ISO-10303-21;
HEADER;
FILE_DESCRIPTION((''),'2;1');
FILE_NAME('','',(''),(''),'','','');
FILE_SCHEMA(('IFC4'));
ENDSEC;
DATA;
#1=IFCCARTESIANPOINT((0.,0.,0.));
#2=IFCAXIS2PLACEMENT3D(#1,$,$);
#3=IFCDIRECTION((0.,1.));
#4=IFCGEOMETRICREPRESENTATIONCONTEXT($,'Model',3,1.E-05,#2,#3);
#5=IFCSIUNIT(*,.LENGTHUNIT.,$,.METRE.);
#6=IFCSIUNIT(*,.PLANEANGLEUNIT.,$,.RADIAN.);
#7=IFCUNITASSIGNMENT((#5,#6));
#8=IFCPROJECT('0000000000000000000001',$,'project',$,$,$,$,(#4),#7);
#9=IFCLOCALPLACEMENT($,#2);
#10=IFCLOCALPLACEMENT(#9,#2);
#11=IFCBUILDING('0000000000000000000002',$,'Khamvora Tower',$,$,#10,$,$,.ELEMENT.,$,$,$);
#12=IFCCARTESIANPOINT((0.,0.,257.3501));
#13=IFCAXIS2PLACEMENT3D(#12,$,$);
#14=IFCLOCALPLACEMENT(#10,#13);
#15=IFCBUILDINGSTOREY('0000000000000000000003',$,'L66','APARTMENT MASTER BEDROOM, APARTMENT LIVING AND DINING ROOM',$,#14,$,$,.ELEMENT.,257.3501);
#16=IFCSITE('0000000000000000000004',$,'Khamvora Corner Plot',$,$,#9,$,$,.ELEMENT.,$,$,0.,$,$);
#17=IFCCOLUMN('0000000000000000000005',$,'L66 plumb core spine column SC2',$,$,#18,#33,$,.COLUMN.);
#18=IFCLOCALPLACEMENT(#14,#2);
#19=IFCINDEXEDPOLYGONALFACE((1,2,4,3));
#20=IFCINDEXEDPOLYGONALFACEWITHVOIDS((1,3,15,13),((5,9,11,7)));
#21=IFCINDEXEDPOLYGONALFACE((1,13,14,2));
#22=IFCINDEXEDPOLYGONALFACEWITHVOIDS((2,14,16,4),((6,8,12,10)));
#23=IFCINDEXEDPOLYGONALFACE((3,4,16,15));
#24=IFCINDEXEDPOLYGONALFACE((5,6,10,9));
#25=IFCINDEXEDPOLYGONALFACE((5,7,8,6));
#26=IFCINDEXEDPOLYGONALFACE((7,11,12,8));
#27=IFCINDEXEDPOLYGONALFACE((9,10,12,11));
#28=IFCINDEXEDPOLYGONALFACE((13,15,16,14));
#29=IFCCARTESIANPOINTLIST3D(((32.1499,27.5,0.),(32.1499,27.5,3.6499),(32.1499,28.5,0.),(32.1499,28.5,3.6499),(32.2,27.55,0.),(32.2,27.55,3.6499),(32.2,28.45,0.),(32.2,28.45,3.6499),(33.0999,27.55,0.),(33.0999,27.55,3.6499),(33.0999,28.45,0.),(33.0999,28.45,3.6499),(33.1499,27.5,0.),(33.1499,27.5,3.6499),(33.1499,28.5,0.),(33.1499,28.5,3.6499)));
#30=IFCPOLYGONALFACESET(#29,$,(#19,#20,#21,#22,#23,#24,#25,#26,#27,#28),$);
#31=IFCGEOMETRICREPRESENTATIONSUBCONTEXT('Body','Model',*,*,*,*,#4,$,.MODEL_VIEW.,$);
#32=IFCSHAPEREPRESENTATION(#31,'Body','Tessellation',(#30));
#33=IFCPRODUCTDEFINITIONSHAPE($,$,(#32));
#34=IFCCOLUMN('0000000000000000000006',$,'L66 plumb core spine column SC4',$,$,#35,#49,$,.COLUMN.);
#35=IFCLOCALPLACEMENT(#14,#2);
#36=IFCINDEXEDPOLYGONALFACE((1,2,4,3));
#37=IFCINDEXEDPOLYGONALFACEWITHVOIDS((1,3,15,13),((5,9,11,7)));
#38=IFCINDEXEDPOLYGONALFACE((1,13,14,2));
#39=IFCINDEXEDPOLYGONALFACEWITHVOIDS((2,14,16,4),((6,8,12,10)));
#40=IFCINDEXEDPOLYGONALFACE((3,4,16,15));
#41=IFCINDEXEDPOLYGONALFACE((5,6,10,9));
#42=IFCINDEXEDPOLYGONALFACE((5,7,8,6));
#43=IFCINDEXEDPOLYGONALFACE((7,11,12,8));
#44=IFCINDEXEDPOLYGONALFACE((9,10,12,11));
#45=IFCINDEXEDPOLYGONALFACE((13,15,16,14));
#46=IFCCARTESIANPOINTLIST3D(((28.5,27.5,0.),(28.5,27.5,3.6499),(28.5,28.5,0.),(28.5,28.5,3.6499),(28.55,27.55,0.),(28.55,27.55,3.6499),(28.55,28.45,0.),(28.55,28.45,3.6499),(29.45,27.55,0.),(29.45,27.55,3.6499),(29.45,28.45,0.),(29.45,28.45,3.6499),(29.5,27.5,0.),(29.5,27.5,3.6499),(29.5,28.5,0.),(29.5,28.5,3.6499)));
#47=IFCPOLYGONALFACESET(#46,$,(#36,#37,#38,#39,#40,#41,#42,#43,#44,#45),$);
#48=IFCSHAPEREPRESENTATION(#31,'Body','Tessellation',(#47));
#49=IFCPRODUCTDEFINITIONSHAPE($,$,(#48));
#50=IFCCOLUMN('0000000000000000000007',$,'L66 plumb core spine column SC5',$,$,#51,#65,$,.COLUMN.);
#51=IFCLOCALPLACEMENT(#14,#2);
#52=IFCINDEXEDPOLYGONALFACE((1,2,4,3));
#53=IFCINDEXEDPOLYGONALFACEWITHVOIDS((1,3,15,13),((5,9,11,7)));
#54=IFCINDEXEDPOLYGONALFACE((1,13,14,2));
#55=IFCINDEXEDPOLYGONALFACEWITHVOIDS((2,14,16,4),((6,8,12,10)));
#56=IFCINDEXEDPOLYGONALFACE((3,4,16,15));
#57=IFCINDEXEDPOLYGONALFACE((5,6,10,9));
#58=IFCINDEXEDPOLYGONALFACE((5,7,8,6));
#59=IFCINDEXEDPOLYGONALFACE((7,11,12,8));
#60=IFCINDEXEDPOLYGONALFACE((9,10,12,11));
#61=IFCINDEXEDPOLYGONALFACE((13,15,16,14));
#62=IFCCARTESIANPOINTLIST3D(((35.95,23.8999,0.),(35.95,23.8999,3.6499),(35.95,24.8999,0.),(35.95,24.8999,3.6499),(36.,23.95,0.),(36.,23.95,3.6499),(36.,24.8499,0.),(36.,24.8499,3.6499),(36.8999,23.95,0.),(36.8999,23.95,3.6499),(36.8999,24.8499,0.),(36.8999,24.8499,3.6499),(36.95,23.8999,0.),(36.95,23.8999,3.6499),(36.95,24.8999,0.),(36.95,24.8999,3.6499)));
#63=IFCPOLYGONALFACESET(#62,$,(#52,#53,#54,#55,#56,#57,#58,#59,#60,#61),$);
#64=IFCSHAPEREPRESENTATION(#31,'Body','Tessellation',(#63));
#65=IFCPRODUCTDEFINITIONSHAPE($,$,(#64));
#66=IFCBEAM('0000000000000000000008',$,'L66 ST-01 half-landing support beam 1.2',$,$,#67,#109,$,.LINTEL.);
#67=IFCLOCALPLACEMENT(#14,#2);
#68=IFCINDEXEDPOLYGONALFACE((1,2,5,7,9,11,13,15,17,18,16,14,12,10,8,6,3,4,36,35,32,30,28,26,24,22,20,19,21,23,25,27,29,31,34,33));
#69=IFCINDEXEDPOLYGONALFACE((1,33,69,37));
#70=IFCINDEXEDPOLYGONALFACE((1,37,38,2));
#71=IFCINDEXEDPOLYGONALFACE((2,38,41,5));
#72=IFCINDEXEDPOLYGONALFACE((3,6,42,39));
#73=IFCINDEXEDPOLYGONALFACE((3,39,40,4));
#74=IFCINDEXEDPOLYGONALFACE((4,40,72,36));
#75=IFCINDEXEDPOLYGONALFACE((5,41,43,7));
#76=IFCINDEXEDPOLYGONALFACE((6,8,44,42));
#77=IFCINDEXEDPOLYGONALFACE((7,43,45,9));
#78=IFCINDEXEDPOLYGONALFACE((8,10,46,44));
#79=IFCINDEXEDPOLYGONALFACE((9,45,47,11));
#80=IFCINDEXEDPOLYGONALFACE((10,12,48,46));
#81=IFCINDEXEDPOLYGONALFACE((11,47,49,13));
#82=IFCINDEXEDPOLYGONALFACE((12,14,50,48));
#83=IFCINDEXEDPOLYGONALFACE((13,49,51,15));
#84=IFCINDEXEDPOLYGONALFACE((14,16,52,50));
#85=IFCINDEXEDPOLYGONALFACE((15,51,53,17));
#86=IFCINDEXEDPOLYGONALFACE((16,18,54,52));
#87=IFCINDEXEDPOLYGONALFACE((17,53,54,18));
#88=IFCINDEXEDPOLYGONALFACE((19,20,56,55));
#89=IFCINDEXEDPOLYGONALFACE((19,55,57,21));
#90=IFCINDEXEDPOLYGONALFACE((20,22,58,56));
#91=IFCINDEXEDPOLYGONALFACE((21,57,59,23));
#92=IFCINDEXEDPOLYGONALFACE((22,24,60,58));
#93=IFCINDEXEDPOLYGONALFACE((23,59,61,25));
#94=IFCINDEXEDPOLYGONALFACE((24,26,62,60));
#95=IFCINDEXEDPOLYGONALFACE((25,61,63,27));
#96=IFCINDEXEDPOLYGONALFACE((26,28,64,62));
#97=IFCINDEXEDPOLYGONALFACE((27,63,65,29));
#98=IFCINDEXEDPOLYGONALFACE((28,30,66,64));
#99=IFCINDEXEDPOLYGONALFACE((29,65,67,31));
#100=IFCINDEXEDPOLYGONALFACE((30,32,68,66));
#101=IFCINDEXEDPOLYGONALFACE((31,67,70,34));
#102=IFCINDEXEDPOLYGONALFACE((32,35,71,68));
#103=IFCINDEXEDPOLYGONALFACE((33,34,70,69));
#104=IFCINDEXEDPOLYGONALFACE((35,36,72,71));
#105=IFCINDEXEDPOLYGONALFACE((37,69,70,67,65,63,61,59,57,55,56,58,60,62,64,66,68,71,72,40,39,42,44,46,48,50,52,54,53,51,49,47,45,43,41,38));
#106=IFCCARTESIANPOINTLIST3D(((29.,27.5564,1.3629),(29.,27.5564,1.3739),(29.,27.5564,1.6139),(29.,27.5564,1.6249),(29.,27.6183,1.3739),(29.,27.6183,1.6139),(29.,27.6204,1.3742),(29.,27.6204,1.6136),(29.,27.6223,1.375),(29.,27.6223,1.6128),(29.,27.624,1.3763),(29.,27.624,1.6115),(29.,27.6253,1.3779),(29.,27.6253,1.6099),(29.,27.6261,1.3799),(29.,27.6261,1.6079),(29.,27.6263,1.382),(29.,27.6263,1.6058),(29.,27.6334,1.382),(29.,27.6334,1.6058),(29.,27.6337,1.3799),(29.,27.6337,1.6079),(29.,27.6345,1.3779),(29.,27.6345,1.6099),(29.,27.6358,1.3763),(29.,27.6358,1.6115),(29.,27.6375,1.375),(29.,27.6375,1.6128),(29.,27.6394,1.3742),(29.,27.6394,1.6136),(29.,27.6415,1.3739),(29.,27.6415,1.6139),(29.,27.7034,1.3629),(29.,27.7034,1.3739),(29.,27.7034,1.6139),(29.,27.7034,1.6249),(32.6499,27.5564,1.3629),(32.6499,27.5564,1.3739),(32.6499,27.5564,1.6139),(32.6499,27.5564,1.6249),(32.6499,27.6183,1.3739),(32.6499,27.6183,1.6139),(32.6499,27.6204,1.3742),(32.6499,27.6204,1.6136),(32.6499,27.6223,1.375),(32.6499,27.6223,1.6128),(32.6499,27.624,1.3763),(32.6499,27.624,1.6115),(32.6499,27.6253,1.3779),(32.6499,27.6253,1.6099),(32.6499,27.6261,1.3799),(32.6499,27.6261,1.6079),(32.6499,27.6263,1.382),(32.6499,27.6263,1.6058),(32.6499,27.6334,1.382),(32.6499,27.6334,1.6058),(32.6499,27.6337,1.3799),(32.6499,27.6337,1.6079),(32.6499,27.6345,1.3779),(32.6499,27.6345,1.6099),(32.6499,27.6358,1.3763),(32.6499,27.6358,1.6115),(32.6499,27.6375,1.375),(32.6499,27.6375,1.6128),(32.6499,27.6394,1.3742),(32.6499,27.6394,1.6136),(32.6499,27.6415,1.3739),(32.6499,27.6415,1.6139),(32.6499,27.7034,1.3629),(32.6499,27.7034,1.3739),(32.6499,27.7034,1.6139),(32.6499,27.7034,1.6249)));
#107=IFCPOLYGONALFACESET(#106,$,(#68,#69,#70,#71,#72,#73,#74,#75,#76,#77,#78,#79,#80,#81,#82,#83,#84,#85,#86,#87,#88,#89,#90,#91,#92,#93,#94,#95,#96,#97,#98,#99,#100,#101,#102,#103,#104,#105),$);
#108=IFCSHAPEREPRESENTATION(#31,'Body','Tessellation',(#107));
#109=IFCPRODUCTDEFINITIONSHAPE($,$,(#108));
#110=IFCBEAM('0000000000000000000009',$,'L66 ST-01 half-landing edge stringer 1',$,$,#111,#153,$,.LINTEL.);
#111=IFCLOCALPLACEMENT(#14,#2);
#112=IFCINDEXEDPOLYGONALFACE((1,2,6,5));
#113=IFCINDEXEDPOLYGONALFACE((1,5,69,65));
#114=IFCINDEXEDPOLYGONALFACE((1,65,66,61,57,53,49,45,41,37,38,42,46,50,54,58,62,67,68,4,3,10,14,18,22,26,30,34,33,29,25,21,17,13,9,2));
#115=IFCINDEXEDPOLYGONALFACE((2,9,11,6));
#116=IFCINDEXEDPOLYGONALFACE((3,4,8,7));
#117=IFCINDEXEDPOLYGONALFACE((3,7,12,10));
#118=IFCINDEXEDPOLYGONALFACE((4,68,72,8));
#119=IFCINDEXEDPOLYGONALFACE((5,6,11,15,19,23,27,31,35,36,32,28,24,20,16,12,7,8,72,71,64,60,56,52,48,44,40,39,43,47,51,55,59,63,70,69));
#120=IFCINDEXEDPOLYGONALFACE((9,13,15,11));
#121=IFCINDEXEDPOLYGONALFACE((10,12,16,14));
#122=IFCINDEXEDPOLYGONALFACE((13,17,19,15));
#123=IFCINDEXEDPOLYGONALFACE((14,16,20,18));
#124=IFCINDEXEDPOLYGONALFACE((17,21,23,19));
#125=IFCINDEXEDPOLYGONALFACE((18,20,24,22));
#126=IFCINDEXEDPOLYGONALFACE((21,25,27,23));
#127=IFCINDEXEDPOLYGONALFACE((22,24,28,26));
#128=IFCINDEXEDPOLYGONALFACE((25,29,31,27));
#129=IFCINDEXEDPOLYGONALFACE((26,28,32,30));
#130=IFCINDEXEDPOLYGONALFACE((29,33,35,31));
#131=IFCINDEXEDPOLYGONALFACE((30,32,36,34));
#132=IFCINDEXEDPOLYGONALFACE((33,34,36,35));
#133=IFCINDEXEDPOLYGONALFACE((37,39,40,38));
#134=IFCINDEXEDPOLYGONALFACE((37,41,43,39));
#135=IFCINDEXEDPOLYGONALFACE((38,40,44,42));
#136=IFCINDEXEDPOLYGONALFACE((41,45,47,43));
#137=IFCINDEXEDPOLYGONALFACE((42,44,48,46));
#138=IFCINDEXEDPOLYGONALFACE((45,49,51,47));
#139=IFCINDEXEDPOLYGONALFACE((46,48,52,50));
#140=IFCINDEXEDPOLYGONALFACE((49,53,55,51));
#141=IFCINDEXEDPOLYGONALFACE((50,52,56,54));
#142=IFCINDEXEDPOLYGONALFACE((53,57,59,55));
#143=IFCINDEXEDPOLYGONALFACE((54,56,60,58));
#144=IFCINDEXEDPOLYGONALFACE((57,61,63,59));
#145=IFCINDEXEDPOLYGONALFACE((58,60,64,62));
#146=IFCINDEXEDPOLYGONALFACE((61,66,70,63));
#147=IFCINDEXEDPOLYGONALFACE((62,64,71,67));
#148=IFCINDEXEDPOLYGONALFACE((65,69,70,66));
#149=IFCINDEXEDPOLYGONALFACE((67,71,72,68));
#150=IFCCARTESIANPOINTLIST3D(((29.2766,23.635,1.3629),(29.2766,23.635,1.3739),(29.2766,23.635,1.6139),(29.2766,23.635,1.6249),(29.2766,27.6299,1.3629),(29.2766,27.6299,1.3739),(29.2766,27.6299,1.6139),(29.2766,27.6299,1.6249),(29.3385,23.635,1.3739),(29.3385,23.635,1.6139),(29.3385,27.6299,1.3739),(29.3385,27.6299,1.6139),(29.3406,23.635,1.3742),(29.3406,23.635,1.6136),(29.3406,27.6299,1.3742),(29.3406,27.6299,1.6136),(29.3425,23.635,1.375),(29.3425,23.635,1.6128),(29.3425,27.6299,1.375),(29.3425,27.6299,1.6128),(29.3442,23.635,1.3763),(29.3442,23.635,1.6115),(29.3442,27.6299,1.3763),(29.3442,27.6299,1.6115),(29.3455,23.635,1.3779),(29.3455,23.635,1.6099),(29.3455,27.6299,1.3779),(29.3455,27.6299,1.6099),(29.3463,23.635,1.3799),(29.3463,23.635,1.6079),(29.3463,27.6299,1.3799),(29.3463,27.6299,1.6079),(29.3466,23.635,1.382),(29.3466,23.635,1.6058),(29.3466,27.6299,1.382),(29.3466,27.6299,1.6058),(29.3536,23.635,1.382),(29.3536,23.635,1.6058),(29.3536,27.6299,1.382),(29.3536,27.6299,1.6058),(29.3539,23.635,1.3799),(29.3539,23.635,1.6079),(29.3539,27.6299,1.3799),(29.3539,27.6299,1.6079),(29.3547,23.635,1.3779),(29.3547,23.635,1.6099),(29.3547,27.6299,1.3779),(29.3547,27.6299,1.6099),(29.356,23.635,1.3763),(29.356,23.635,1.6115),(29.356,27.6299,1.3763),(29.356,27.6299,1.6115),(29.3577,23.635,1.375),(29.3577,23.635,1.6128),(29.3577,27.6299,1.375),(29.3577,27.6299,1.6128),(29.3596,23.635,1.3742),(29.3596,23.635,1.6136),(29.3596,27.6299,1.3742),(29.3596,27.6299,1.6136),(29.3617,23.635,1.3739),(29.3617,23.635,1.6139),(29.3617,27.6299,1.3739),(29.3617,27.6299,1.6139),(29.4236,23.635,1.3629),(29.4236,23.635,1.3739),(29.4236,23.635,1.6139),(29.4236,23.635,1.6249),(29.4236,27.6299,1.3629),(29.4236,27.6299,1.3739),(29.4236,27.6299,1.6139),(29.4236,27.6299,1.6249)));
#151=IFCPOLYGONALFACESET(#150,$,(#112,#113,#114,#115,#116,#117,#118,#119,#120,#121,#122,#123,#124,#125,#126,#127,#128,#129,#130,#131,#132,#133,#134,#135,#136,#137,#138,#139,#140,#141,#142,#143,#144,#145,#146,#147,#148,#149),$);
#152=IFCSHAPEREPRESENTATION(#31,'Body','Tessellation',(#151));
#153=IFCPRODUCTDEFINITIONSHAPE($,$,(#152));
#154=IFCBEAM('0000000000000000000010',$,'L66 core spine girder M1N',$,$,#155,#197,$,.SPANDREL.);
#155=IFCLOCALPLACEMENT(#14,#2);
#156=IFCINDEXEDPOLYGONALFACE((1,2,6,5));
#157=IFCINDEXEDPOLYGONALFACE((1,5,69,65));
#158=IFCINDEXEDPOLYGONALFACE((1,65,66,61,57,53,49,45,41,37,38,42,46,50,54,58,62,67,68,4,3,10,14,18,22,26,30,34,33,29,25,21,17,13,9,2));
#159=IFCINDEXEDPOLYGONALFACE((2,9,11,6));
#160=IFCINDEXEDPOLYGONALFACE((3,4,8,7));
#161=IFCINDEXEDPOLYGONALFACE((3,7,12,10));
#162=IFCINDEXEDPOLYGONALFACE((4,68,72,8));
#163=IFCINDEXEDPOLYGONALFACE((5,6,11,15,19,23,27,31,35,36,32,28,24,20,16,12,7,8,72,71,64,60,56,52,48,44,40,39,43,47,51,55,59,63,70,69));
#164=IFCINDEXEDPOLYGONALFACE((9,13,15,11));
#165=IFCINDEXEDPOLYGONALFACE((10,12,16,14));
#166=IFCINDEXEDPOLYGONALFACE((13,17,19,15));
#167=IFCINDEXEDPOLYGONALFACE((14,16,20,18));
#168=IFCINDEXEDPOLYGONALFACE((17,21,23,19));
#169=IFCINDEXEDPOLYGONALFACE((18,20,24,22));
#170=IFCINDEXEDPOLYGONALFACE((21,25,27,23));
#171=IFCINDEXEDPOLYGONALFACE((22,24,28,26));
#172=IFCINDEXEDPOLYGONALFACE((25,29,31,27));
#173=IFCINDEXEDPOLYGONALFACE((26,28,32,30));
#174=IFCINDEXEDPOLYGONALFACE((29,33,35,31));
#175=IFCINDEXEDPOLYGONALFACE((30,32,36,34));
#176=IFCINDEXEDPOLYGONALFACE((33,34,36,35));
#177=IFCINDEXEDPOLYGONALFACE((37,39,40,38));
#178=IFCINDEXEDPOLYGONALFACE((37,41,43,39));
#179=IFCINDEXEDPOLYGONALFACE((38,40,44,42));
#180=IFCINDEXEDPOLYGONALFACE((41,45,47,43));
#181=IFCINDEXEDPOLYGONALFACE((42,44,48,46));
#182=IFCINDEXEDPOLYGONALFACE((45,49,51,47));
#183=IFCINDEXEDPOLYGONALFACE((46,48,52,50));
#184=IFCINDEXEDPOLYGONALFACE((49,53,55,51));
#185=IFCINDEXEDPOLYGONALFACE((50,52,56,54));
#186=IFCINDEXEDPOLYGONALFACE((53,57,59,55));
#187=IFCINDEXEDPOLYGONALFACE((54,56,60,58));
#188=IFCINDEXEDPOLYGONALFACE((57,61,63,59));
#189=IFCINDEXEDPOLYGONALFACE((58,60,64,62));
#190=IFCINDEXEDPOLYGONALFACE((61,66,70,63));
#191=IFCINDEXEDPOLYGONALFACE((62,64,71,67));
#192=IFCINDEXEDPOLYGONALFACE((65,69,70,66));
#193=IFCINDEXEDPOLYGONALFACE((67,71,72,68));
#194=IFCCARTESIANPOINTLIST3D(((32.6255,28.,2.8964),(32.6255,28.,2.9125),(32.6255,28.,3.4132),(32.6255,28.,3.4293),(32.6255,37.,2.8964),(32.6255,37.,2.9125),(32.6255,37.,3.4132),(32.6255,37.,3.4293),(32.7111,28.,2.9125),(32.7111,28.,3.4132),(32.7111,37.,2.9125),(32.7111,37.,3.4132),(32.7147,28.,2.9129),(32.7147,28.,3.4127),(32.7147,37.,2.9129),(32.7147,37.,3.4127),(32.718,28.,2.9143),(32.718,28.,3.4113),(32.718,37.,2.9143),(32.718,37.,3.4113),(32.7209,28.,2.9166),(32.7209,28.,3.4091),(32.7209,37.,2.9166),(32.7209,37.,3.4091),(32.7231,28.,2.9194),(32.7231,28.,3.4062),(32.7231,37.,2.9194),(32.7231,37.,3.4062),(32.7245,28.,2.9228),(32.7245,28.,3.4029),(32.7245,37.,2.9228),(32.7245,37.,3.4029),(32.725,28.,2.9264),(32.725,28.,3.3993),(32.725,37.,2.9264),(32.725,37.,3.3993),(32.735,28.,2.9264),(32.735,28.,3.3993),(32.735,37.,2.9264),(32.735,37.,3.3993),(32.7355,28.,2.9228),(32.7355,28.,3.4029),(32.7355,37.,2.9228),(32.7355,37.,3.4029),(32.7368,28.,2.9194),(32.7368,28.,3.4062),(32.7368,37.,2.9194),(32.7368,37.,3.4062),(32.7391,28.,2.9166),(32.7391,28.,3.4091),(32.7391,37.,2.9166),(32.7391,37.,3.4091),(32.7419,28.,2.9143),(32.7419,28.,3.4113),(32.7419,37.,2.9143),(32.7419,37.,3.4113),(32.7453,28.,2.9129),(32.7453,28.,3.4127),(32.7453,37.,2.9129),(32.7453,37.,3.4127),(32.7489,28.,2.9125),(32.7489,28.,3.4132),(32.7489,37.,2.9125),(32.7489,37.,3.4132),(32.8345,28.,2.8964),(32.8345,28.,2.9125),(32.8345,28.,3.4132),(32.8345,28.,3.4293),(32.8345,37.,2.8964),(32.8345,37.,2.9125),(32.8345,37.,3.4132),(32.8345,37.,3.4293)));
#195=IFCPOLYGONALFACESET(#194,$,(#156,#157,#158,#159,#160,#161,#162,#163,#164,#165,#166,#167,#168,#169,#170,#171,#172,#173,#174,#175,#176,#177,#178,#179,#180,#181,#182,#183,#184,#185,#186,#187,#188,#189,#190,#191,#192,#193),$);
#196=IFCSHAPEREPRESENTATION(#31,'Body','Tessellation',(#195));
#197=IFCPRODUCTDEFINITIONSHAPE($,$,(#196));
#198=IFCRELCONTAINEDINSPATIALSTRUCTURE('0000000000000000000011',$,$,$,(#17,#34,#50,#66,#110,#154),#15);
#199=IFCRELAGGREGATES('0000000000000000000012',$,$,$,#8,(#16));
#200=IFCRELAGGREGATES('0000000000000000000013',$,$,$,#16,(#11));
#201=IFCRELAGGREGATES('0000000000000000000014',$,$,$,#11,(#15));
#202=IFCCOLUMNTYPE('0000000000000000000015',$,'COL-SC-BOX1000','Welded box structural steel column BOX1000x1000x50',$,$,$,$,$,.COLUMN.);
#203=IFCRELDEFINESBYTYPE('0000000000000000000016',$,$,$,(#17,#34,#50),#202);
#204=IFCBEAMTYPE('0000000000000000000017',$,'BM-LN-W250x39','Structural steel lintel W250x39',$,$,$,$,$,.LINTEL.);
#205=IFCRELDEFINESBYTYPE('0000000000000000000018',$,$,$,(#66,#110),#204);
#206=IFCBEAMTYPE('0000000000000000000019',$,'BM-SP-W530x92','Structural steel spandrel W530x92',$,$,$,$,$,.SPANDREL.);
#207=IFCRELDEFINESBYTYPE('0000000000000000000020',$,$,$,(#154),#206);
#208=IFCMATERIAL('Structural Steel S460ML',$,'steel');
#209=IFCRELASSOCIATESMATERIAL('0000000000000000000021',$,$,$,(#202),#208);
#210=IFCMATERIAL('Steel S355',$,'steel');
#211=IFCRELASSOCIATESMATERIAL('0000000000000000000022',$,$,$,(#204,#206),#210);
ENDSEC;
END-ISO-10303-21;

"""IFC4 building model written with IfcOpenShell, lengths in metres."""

from ifc_helpers import new_model, si_unit, direction, frame, origin, origin_2d, place, context, subcontext, project, spatial, hollow_rectangle, i_section, extrude, material, material_profile, profile_set, type_object, element, save


model = new_model("IFC4")

# Units and contexts
model_context = context("Model", 3, precision=1e-05, world=origin(), true_north=direction((0.0, 1.0)))
body_context = subcontext(model_context, "Body", "Model", "MODEL_VIEW")
ifc_project = project(units=[si_unit("LENGTHUNIT", "METRE"), si_unit("PLANEANGLEUNIT", "RADIAN")], contexts=[model_context])

# Site, building, storey
site_placement = place(None, origin())
site = spatial("IfcSite", under=ifc_project, at=site_placement, Name="Khamvora Corner Plot", CompositionType="ELEMENT", RefElevation=0.0)
building_placement = place(site_placement, origin())
building = spatial("IfcBuilding", under=site, at=building_placement, Name="Khamvora Tower", CompositionType="ELEMENT")
storey_placement = place(building_placement, frame((0.0, 0.0, 257.3501)))
storey = spatial("IfcBuildingStorey", under=building, at=storey_placement, Name="L66", Description="APARTMENT MASTER BEDROOM, APARTMENT LIVING AND DINING ROOM", CompositionType="ELEMENT", Elevation=257.3501)

# Columns
ifc_material_1 = material(Name="Structural Steel S460ML", Category="steel")
ifc_material_profile_1 = material_profile(ifc_material_1, hollow_rectangle(XDim=1.0, YDim=1.0, WallThickness=0.05, at=origin_2d()), Name="BOX1000x1000x50")
ifc_profile_set_1 = profile_set([ifc_material_profile_1], Name="Structural Steel S460ML")
column_type = type_object("IfcColumnType", Name="COL-SC-BOX1000", Description="Welded box structural steel column BOX1000x1000x50", PredefinedType="COLUMN", material=ifc_profile_set_1)
for number, where, z_axis, x_axis, name in (
    (1, (32.6499, 28.0, 0.0), (0.0, 0.0, 1.0), (1.0, 0.0, 0.0), "L66 plumb core spine column SC2"),
    (2, (29.0, 28.0, 0.0), (0.0, 0.0, 1.0), (1.0, 0.0, 0.0), "L66 plumb core spine column SC4"),
    (3, (36.45, 24.3999, 0.0), (0.0, 0.0, 1.0), (1.0, 0.0, 0.0), "L66 plumb core spine column SC5"),
):
    element("IfcColumn", number, at=place(storey_placement, frame(where, z_axis=z_axis, x_axis=x_axis)), inside=storey, type_object=column_type, Name=name, PredefinedType="COLUMN", context=body_context, shape_type="SweptSolid", body=[
        extrude(hollow_rectangle(XDim=1.0, YDim=1.0, WallThickness=0.05, at=origin_2d()), origin(), (0.0, 0.0, 1.0), 3.6499),
    ])

# Beams
ifc_material_2 = material(Name="Steel S355", Category="steel")
ifc_material_profile_2 = material_profile(ifc_material_2, i_section(OverallWidth=0.147, OverallDepth=0.262, WebThickness=0.0071, FlangeThickness=0.011, FilletRadius=0.0081, at=origin_2d()), Name="W250x39")
ifc_profile_set_2 = profile_set([ifc_material_profile_2], Name="Steel S355")
beam_type_1 = type_object("IfcBeamType", Name="BM-LN-W250x39", Description="Structural steel lintel W250x39", PredefinedType="LINTEL", material=ifc_profile_set_2)
beam_1_placement = place(storey_placement, frame((29.0, 27.6299, 1.4939), z_axis=(1.0, 0.0, 0.0), x_axis=(0.0, 1.0, 0.0)))
element("IfcBeam", 4, at=beam_1_placement, inside=storey, type_object=beam_type_1, Name="L66 ST-01 half-landing support beam 1.2", PredefinedType="LINTEL", context=body_context, shape_type="SweptSolid", body=[
    extrude(i_section(OverallWidth=0.147, OverallDepth=0.262, WebThickness=0.0071, FlangeThickness=0.011, FilletRadius=0.0081, at=origin_2d()), origin(), (0.0, 0.0, 1.0), 3.6499),
])
beam_2_placement = place(storey_placement, frame((29.3501, 23.635, 1.4939), z_axis=(0.0, 1.0, 0.0), x_axis=(-1.0, 0.0, 0.0)))
element("IfcBeam", 5, at=beam_2_placement, inside=storey, type_object=beam_type_1, Name="L66 ST-01 half-landing edge stringer 1", PredefinedType="LINTEL", context=body_context, shape_type="SweptSolid", body=[
    extrude(i_section(OverallWidth=0.147, OverallDepth=0.262, WebThickness=0.0071, FlangeThickness=0.011, FilletRadius=0.0081, at=origin_2d()), origin(), (0.0, 0.0, 1.0), 3.9949),
])
ifc_material_profile_3 = material_profile(ifc_material_2, i_section(OverallWidth=0.209, OverallDepth=0.533, WebThickness=0.01, FlangeThickness=0.0161, FilletRadius=0.0139, at=origin_2d()), Name="W530x92")
ifc_profile_set_3 = profile_set([ifc_material_profile_3], Name="Steel S355")
beam_type_2 = type_object("IfcBeamType", Name="BM-SP-W530x92", Description="Structural steel spandrel W530x92", PredefinedType="SPANDREL", material=ifc_profile_set_3)
beam_3_placement = place(storey_placement, frame((32.73, 28.0, 3.1628), z_axis=(0.0, 1.0, 0.0), x_axis=(-1.0, 0.0, 0.0)))
element("IfcBeam", 6, at=beam_3_placement, inside=storey, type_object=beam_type_2, Name="L66 core spine girder M1N", PredefinedType="SPANDREL", context=body_context, shape_type="SweptSolid", body=[
    extrude(i_section(OverallWidth=0.209, OverallDepth=0.533, WebThickness=0.01, FlangeThickness=0.0161, FilletRadius=0.0139, at=origin_2d()), origin(), (0.0, 0.0, 1.0), 9.0),
])

save(model, "model.ifc")
